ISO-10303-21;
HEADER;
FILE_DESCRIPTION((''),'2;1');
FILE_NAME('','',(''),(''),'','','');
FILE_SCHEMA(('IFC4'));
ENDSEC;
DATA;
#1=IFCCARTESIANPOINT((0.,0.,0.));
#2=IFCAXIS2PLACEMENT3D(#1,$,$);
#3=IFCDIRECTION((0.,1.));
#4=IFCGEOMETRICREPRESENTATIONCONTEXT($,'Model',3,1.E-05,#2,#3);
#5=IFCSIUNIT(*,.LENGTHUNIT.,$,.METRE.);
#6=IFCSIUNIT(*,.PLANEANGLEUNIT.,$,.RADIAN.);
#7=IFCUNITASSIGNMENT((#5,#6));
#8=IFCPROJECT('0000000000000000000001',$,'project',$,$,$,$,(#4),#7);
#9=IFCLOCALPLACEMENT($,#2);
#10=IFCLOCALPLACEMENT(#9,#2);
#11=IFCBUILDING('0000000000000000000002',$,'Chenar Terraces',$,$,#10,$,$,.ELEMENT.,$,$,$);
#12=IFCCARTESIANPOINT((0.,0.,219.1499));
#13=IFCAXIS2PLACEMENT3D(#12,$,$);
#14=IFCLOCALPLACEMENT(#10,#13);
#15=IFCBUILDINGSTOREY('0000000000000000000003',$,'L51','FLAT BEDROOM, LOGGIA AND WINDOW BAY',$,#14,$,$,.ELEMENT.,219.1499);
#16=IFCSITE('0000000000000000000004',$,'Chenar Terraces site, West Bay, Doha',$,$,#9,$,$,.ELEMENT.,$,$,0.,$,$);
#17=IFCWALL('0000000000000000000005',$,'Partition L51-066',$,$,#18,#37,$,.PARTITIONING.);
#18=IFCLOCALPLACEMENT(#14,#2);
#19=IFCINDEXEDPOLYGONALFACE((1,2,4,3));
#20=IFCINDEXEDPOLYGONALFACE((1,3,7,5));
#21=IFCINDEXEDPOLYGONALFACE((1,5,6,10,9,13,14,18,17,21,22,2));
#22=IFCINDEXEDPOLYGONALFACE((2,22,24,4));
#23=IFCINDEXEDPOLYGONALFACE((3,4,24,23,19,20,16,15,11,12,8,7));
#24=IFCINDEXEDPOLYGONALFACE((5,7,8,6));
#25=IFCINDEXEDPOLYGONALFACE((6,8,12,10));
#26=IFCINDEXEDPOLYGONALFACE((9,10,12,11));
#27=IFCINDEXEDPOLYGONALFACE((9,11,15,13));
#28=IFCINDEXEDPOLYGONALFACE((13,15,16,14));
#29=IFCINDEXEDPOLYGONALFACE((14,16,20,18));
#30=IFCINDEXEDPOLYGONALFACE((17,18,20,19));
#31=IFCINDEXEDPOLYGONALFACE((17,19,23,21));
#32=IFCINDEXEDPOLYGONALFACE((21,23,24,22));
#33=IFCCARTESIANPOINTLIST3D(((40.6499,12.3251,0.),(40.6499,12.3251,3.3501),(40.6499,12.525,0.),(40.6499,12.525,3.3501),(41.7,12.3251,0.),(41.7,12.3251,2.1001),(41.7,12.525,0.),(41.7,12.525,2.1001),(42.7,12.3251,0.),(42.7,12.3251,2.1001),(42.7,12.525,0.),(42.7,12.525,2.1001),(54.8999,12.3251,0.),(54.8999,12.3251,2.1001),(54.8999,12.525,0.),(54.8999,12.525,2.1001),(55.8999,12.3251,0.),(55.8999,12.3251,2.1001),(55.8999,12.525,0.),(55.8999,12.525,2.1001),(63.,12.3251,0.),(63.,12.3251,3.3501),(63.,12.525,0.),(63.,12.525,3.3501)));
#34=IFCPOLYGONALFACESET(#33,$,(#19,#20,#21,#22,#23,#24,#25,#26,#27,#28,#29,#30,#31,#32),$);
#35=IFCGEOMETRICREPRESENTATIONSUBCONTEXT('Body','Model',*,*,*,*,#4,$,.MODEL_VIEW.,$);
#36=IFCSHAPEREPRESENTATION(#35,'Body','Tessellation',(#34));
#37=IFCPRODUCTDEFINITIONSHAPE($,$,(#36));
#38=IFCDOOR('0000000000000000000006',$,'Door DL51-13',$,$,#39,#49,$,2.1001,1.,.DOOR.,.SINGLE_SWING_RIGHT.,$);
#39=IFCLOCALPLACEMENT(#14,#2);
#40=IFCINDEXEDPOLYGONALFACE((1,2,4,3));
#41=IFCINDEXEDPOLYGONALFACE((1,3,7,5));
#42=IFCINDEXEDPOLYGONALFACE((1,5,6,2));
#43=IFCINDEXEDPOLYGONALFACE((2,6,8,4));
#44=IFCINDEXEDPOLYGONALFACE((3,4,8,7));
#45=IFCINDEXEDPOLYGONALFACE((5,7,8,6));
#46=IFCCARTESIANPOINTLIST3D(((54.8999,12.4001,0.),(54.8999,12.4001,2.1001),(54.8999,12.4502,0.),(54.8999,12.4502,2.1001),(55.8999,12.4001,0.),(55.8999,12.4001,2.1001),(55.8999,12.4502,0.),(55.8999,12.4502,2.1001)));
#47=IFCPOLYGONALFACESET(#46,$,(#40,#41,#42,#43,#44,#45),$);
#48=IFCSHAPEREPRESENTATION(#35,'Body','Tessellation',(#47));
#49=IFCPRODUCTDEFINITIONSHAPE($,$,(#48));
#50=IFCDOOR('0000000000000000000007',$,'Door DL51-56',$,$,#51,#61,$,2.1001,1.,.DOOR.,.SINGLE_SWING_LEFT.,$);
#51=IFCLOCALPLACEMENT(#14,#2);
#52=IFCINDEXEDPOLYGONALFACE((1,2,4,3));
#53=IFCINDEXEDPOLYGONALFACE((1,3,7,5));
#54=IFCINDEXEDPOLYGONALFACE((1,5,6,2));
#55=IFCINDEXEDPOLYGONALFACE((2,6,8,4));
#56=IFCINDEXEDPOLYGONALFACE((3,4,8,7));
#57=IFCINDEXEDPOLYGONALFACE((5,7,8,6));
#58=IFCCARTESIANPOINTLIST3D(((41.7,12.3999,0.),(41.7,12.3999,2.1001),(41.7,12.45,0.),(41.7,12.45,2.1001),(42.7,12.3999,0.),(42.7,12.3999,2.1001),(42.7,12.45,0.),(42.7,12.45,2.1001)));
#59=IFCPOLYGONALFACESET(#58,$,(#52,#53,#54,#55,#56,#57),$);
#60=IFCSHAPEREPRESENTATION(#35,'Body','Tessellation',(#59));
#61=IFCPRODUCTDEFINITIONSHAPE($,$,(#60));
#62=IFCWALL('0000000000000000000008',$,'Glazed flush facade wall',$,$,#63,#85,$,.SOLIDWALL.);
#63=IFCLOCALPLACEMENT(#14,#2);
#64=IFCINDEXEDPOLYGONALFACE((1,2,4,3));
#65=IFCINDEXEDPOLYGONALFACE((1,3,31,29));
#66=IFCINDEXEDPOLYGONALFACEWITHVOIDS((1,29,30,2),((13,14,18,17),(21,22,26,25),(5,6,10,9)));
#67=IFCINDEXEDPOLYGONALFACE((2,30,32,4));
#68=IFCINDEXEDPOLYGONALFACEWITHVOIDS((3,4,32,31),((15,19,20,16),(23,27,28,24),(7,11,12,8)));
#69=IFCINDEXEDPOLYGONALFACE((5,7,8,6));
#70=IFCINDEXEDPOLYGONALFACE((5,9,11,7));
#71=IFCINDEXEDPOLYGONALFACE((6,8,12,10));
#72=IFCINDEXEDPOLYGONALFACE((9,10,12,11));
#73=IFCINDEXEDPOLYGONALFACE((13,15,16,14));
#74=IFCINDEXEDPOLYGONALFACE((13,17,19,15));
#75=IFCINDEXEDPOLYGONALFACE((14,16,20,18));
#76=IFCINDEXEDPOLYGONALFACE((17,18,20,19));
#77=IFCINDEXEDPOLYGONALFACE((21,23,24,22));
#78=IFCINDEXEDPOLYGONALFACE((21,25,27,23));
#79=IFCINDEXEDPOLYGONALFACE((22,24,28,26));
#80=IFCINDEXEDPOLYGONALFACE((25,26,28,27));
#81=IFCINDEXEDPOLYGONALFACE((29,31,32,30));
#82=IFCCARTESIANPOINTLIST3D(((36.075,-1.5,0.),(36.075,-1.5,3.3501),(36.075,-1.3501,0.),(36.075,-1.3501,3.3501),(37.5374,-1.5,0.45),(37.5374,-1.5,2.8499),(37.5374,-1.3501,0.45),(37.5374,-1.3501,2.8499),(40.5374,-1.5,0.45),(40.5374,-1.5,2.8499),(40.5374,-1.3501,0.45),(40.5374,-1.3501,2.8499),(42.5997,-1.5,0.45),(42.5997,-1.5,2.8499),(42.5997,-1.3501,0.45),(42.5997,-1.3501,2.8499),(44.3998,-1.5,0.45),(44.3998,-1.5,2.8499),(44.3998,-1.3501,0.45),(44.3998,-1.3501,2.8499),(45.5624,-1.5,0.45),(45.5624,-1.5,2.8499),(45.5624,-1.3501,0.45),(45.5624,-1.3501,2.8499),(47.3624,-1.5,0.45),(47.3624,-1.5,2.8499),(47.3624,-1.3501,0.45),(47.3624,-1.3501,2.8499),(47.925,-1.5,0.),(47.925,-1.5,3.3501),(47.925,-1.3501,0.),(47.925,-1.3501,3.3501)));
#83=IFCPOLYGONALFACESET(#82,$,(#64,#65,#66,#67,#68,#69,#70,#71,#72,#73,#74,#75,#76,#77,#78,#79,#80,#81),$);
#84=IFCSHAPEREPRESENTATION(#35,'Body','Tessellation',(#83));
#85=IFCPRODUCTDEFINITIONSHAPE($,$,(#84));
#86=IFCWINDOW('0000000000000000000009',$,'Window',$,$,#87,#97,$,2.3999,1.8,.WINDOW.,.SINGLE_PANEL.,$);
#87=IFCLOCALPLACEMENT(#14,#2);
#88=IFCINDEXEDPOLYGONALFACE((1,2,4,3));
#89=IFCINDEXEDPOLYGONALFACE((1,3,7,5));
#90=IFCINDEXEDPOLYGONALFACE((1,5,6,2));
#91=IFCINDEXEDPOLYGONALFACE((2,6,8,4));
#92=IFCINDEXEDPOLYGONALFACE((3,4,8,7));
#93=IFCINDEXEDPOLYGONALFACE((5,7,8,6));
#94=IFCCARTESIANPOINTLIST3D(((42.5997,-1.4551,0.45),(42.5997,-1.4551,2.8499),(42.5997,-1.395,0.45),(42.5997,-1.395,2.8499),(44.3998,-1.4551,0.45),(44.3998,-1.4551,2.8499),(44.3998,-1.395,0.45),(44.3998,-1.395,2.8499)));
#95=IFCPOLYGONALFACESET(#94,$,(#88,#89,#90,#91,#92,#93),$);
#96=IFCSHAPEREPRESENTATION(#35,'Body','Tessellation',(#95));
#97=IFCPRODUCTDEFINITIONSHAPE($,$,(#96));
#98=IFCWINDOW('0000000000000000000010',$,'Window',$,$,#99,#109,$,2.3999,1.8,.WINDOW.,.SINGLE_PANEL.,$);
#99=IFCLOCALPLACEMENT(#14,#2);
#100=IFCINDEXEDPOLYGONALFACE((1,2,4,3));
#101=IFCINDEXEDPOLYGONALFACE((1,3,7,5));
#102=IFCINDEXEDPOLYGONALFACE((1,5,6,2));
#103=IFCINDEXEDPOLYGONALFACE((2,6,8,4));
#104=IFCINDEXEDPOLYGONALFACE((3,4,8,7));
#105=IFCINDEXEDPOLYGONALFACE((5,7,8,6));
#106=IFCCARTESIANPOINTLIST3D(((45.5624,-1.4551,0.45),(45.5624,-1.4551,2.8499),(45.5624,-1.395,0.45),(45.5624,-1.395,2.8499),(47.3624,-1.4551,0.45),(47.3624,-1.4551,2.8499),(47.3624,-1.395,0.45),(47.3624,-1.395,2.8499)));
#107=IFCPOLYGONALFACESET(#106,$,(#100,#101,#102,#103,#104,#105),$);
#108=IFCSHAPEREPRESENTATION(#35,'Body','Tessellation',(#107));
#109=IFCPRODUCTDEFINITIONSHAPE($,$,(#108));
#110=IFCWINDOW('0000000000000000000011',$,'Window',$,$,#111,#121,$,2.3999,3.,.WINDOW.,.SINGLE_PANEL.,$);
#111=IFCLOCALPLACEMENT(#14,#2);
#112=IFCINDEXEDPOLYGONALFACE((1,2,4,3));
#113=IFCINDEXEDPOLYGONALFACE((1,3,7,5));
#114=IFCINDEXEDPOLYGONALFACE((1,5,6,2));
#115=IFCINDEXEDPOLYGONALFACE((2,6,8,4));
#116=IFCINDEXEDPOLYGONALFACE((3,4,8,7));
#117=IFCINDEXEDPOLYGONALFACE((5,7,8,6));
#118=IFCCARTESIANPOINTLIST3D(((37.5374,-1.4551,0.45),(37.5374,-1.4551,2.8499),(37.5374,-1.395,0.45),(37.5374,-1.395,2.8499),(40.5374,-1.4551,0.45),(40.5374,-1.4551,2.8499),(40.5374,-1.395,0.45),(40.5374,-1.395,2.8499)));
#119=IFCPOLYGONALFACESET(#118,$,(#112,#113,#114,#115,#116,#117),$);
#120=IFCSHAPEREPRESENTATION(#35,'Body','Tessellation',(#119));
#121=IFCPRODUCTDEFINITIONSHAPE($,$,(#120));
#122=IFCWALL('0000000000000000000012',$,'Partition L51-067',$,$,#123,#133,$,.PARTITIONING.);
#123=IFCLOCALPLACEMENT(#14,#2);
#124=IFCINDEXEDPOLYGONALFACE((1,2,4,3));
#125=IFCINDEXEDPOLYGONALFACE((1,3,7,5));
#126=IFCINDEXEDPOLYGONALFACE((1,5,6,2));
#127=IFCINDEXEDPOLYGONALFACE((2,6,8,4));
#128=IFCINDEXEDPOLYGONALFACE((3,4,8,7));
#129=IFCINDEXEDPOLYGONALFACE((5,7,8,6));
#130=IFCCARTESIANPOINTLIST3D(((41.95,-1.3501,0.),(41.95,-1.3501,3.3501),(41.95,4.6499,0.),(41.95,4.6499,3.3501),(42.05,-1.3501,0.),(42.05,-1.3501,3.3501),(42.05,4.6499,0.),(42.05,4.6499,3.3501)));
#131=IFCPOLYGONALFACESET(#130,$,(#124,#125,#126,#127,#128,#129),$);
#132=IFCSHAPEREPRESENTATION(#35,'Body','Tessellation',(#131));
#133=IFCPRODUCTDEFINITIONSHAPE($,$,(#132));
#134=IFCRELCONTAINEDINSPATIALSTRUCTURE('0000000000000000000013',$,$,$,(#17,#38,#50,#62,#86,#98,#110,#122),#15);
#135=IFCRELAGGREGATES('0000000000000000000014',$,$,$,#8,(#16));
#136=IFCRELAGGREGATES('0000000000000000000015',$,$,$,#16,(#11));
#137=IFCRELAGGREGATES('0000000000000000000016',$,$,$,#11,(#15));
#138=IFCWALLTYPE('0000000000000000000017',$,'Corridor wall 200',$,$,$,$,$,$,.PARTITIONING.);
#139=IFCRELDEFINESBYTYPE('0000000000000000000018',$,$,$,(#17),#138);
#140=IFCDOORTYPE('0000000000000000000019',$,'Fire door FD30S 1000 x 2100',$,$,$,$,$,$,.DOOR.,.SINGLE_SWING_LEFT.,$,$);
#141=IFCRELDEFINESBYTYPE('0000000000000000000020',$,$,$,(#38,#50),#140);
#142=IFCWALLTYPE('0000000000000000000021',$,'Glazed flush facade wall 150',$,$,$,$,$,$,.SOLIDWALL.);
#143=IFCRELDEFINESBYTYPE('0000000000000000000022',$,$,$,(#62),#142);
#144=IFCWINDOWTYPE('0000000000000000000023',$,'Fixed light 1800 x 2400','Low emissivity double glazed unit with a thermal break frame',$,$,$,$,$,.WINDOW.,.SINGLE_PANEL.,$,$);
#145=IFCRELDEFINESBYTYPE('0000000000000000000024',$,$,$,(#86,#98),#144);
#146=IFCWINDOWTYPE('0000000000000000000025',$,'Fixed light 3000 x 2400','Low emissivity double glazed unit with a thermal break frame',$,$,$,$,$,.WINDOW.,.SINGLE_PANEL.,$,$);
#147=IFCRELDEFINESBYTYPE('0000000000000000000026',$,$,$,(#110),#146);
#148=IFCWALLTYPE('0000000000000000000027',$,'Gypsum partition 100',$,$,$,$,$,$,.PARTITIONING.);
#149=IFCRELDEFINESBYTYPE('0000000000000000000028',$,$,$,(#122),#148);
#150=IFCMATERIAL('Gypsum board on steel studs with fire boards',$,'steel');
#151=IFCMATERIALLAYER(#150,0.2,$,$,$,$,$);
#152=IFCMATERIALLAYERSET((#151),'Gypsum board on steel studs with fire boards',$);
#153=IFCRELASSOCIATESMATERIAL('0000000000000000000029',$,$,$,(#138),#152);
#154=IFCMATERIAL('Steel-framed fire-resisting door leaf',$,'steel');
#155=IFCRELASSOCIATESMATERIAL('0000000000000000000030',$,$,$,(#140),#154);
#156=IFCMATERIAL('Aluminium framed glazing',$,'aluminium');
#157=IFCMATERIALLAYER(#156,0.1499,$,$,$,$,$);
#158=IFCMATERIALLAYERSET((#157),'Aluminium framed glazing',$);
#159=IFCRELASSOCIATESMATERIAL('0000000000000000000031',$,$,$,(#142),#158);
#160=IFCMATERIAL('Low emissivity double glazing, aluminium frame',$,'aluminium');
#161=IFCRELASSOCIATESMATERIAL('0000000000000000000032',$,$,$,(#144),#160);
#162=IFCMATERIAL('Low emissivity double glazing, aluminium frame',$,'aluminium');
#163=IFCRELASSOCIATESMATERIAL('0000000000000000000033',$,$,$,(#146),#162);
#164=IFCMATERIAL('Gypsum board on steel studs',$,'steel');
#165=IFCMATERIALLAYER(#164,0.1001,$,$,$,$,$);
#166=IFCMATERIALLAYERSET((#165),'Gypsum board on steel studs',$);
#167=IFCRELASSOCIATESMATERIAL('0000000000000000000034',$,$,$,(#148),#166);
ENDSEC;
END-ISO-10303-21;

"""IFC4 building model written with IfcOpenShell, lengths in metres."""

from ifc_helpers import new_model, si_unit, direction, frame, frame_2d, origin, place, context, subcontext, project, spatial, rectangle, extrude, material, layer, layer_set, type_object, element, fill, save


model = new_model("IFC4")

# Units and contexts
model_context = context("Model", 3, precision=1e-05, world=origin(), true_north=direction((0.0, 1.0)))
body_context = subcontext(model_context, "Body", "Model", "MODEL_VIEW")
ifc_project = project(units=[si_unit("LENGTHUNIT", "METRE"), si_unit("PLANEANGLEUNIT", "RADIAN")], contexts=[model_context])

# Site, building, storey
site_placement = place(None, origin())
site = spatial("IfcSite", under=ifc_project, at=site_placement, Name="Chenar Terraces site, West Bay, Doha", CompositionType="ELEMENT", RefElevation=0.0)
building_placement = place(site_placement, origin())
building = spatial("IfcBuilding", under=site, at=building_placement, Name="Chenar Terraces", CompositionType="ELEMENT")
storey_placement = place(building_placement, frame((0.0, 0.0, 219.1499)))
storey = spatial("IfcBuildingStorey", under=building, at=storey_placement, Name="L51", Description="FLAT BEDROOM, LOGGIA AND WINDOW BAY", CompositionType="ELEMENT", Elevation=219.1499)

# Shared definitions
ifc_material_1 = material(Name="Gypsum board on steel studs with fire boards", Category="steel")
ifc_layer_1 = layer(ifc_material_1, 0.2)
ifc_layer_set_1 = layer_set([ifc_layer_1], Name="Gypsum board on steel studs with fire boards")
wall_type_1 = type_object("IfcWallType", Name="Corridor wall 200", PredefinedType="PARTITIONING", material=ifc_layer_set_1)

# Wall, openings, doors
wall_1_placement = place(storey_placement, frame((40.6499, 12.425, 0.0), z_axis=(0.0, 0.0, 1.0), x_axis=(1.0, 0.0, 0.0)))
wall_1 = element("IfcWall", 1, at=wall_1_placement, inside=storey, type_object=wall_type_1, Name="Partition L51-066", PredefinedType="PARTITIONING", context=body_context, shape_type="SweptSolid", body=[
    extrude(rectangle(XDim=22.3501, YDim=0.2, at=frame_2d((11.175, 0.0))), origin(), (0.0, 0.0, 1.0), 3.3501),
])
opening_1_placement = place(wall_1_placement, frame((14.25, 0.0, 0.0)))
opening_1 = element("IfcOpeningElement", 2, at=opening_1_placement, cuts=wall_1, PredefinedType="OPENING", context=body_context, shape_type="SweptSolid", body=[
    extrude(rectangle(XDim=1.0, YDim=2.1001, at=frame_2d((0.5, 1.05))), frame((0.0, 0.1099, 0.0), z_axis=(0.0, -1.0, 0.0), x_axis=(1.0, 0.0, 0.0)), (0.0, 0.0, 1.0), 0.22),
])
opening_2_placement = place(wall_1_placement, frame((1.05, 0.0, 0.0)))
opening_2 = element("IfcOpeningElement", 3, at=opening_2_placement, cuts=wall_1, PredefinedType="OPENING", context=body_context, shape_type="SweptSolid", body=[
    extrude(rectangle(XDim=1.0, YDim=2.1001, at=frame_2d((0.5, 1.05))), frame((0.0, 0.1099, 0.0), z_axis=(0.0, -1.0, 0.0), x_axis=(1.0, 0.0, 0.0)), (0.0, 0.0, 1.0), 0.22),
])
ifc_material_2 = material(Name="Steel-framed fire-resisting door leaf", Category="steel")
door_type_1 = type_object("IfcDoorType", Name="Fire door FD30S 1000 x 2100", OperationType="SINGLE_SWING_LEFT", PredefinedType="DOOR", material=ifc_material_2)
door_1_placement = place(opening_1_placement, frame((1.0, 0.0, 0.0), z_axis=(0.0, 0.0, 1.0), x_axis=(-1.0, 0.0, 0.0)))
door_1 = element("IfcDoor", 4, at=door_1_placement, inside=storey, type_object=door_type_1, Name="Door DL51-13", OperationType="SINGLE_SWING_RIGHT", OverallHeight=2.1001, OverallWidth=1.0, PredefinedType="DOOR", context=body_context, shape_type="SweptSolid", body=[
    extrude(rectangle(XDim=1.0, YDim=2.1001, at=frame_2d((0.5, 1.05))), frame((0.0, 0.0249, 0.0), z_axis=(0.0, -1.0, 0.0), x_axis=(1.0, 0.0, 0.0)), (0.0, 0.0, 1.0), 0.05),
])
fill(opening_1, door_1)
door_2_placement = place(opening_2_placement, origin())
door_2 = element("IfcDoor", 5, at=door_2_placement, inside=storey, type_object=door_type_1, Name="Door DL51-56", OperationType="SINGLE_SWING_LEFT", OverallHeight=2.1001, OverallWidth=1.0, PredefinedType="DOOR", context=body_context, shape_type="SweptSolid", body=[
    extrude(rectangle(XDim=1.0, YDim=2.1001, at=frame_2d((0.5, 1.05))), frame((0.0, 0.0249, 0.0), z_axis=(0.0, -1.0, 0.0), x_axis=(1.0, 0.0, 0.0)), (0.0, 0.0, 1.0), 0.05),
])
fill(opening_2, door_2)

# Wall, openings, windows
ifc_material_3 = material(Name="Aluminium framed glazing", Category="aluminium")
ifc_layer_2 = layer(ifc_material_3, 0.1499)
ifc_layer_set_2 = layer_set([ifc_layer_2], Name="Aluminium framed glazing")
wall_type_2 = type_object("IfcWallType", Name="Glazed flush facade wall 150", PredefinedType="SOLIDWALL", material=ifc_layer_set_2)
wall_2_placement = place(storey_placement, frame((36.075, -1.425, 0.0), z_axis=(0.0, 0.0, 1.0), x_axis=(1.0, 0.0, 0.0)))
wall_2 = element("IfcWall", 6, at=wall_2_placement, inside=storey, type_object=wall_type_2, Name="Glazed flush facade wall", PredefinedType="SOLIDWALL", context=body_context, shape_type="SweptSolid", body=[
    extrude(rectangle(XDim=11.8501, YDim=0.1499, at=frame_2d((5.925, 0.0))), origin(), (0.0, 0.0, 1.0), 3.3501),
])
opening_3_placement = place(wall_2_placement, frame((1.4624, 0.0, 0.45)))
opening_3 = element("IfcOpeningElement", 7, at=opening_3_placement, cuts=wall_2, PredefinedType="OPENING", context=body_context, shape_type="SweptSolid", body=[
    extrude(rectangle(XDim=3.0, YDim=2.3999, at=frame_2d((1.5, 1.2))), frame((0.0, 0.085, 0.0), z_axis=(0.0, -1.0, 0.0), x_axis=(1.0, 0.0, 0.0)), (0.0, 0.0, 1.0), 0.1699),
])
opening_4_placement = place(wall_2_placement, frame((6.5249, 0.0, 0.45)))
opening_4 = element("IfcOpeningElement", 8, at=opening_4_placement, cuts=wall_2, PredefinedType="OPENING", context=body_context, shape_type="SweptSolid", body=[
    extrude(rectangle(XDim=1.8, YDim=2.3999, at=frame_2d((0.8999, 1.2))), frame((0.0, 0.085, 0.0), z_axis=(0.0, -1.0, 0.0), x_axis=(1.0, 0.0, 0.0)), (0.0, 0.0, 1.0), 0.1699),
])
opening_5_placement = place(wall_2_placement, frame((9.4875, 0.0, 0.45)))
opening_5 = element("IfcOpeningElement", 9, at=opening_5_placement, cuts=wall_2, PredefinedType="OPENING", context=body_context, shape_type="SweptSolid", body=[
    extrude(rectangle(XDim=1.8, YDim=2.3999, at=frame_2d((0.8999, 1.2))), frame((0.0, 0.085, 0.0), z_axis=(0.0, -1.0, 0.0), x_axis=(1.0, 0.0, 0.0)), (0.0, 0.0, 1.0), 0.1699),
])
ifc_material_4 = material(Name="Low emissivity double glazing, aluminium frame", Category="aluminium")
window_type_1 = type_object("IfcWindowType", Name="Fixed light 1800 x 2400", Description="Low emissivity double glazed unit with a thermal break frame", PartitioningType="SINGLE_PANEL", PredefinedType="WINDOW", material=ifc_material_4)
window_1_placement = place(opening_4_placement, origin())
window_1 = element("IfcWindow", 10, at=window_1_placement, inside=storey, type_object=window_type_1, Name="Window", OverallHeight=2.3999, OverallWidth=1.8, PartitioningType="SINGLE_PANEL", PredefinedType="WINDOW", context=body_context, shape_type="SweptSolid", body=[
    extrude(rectangle(XDim=1.8, YDim=2.3999, at=frame_2d((0.8999, 1.2))), frame((0.0, 0.03, 0.0), z_axis=(0.0, -1.0, 0.0), x_axis=(1.0, 0.0, 0.0)), (0.0, 0.0, 1.0), 0.0601),
])
fill(opening_4, window_1)
window_2_placement = place(opening_5_placement, origin())
window_2 = element("IfcWindow", 11, at=window_2_placement, inside=storey, type_object=window_type_1, Name="Window", OverallHeight=2.3999, OverallWidth=1.8, PartitioningType="SINGLE_PANEL", PredefinedType="WINDOW", context=body_context, shape_type="SweptSolid", body=[
    extrude(rectangle(XDim=1.8, YDim=2.3999, at=frame_2d((0.8999, 1.2))), frame((0.0, 0.03, 0.0), z_axis=(0.0, -1.0, 0.0), x_axis=(1.0, 0.0, 0.0)), (0.0, 0.0, 1.0), 0.0601),
])
fill(opening_5, window_2)
ifc_material_5 = material(Name="Low emissivity double glazing, aluminium frame", Category="aluminium")
window_type_2 = type_object("IfcWindowType", Name="Fixed light 3000 x 2400", Description="Low emissivity double glazed unit with a thermal break frame", PartitioningType="SINGLE_PANEL", PredefinedType="WINDOW", material=ifc_material_5)
window_3_placement = place(opening_3_placement, origin())
window_3 = element("IfcWindow", 12, at=window_3_placement, inside=storey, type_object=window_type_2, Name="Window", OverallHeight=2.3999, OverallWidth=3.0, PartitioningType="SINGLE_PANEL", PredefinedType="WINDOW", context=body_context, shape_type="SweptSolid", body=[
    extrude(rectangle(XDim=3.0, YDim=2.3999, at=frame_2d((1.5, 1.2))), frame((0.0, 0.03, 0.0), z_axis=(0.0, -1.0, 0.0), x_axis=(1.0, 0.0, 0.0)), (0.0, 0.0, 1.0), 0.0601),
])
fill(opening_3, window_3)

# Wall
ifc_material_6 = material(Name="Gypsum board on steel studs", Category="steel")
ifc_layer_3 = layer(ifc_material_6, 0.1001)
ifc_layer_set_3 = layer_set([ifc_layer_3], Name="Gypsum board on steel studs")
wall_type_3 = type_object("IfcWallType", Name="Gypsum partition 100", PredefinedType="PARTITIONING", material=ifc_layer_set_3)
wall_3_placement = place(storey_placement, frame((42.0, -1.3501, 0.0), z_axis=(0.0, 0.0, 1.0), x_axis=(0.0, 1.0, 0.0)))
element("IfcWall", 13, at=wall_3_placement, inside=storey, type_object=wall_type_3, Name="Partition L51-067", PredefinedType="PARTITIONING", context=body_context, shape_type="SweptSolid", body=[
    extrude(rectangle(XDim=6.0, YDim=0.1001, at=frame_2d((3.0, 0.0))), origin(), (0.0, 0.0, 1.0), 3.3501),
])

save(model, "model.ifc")
